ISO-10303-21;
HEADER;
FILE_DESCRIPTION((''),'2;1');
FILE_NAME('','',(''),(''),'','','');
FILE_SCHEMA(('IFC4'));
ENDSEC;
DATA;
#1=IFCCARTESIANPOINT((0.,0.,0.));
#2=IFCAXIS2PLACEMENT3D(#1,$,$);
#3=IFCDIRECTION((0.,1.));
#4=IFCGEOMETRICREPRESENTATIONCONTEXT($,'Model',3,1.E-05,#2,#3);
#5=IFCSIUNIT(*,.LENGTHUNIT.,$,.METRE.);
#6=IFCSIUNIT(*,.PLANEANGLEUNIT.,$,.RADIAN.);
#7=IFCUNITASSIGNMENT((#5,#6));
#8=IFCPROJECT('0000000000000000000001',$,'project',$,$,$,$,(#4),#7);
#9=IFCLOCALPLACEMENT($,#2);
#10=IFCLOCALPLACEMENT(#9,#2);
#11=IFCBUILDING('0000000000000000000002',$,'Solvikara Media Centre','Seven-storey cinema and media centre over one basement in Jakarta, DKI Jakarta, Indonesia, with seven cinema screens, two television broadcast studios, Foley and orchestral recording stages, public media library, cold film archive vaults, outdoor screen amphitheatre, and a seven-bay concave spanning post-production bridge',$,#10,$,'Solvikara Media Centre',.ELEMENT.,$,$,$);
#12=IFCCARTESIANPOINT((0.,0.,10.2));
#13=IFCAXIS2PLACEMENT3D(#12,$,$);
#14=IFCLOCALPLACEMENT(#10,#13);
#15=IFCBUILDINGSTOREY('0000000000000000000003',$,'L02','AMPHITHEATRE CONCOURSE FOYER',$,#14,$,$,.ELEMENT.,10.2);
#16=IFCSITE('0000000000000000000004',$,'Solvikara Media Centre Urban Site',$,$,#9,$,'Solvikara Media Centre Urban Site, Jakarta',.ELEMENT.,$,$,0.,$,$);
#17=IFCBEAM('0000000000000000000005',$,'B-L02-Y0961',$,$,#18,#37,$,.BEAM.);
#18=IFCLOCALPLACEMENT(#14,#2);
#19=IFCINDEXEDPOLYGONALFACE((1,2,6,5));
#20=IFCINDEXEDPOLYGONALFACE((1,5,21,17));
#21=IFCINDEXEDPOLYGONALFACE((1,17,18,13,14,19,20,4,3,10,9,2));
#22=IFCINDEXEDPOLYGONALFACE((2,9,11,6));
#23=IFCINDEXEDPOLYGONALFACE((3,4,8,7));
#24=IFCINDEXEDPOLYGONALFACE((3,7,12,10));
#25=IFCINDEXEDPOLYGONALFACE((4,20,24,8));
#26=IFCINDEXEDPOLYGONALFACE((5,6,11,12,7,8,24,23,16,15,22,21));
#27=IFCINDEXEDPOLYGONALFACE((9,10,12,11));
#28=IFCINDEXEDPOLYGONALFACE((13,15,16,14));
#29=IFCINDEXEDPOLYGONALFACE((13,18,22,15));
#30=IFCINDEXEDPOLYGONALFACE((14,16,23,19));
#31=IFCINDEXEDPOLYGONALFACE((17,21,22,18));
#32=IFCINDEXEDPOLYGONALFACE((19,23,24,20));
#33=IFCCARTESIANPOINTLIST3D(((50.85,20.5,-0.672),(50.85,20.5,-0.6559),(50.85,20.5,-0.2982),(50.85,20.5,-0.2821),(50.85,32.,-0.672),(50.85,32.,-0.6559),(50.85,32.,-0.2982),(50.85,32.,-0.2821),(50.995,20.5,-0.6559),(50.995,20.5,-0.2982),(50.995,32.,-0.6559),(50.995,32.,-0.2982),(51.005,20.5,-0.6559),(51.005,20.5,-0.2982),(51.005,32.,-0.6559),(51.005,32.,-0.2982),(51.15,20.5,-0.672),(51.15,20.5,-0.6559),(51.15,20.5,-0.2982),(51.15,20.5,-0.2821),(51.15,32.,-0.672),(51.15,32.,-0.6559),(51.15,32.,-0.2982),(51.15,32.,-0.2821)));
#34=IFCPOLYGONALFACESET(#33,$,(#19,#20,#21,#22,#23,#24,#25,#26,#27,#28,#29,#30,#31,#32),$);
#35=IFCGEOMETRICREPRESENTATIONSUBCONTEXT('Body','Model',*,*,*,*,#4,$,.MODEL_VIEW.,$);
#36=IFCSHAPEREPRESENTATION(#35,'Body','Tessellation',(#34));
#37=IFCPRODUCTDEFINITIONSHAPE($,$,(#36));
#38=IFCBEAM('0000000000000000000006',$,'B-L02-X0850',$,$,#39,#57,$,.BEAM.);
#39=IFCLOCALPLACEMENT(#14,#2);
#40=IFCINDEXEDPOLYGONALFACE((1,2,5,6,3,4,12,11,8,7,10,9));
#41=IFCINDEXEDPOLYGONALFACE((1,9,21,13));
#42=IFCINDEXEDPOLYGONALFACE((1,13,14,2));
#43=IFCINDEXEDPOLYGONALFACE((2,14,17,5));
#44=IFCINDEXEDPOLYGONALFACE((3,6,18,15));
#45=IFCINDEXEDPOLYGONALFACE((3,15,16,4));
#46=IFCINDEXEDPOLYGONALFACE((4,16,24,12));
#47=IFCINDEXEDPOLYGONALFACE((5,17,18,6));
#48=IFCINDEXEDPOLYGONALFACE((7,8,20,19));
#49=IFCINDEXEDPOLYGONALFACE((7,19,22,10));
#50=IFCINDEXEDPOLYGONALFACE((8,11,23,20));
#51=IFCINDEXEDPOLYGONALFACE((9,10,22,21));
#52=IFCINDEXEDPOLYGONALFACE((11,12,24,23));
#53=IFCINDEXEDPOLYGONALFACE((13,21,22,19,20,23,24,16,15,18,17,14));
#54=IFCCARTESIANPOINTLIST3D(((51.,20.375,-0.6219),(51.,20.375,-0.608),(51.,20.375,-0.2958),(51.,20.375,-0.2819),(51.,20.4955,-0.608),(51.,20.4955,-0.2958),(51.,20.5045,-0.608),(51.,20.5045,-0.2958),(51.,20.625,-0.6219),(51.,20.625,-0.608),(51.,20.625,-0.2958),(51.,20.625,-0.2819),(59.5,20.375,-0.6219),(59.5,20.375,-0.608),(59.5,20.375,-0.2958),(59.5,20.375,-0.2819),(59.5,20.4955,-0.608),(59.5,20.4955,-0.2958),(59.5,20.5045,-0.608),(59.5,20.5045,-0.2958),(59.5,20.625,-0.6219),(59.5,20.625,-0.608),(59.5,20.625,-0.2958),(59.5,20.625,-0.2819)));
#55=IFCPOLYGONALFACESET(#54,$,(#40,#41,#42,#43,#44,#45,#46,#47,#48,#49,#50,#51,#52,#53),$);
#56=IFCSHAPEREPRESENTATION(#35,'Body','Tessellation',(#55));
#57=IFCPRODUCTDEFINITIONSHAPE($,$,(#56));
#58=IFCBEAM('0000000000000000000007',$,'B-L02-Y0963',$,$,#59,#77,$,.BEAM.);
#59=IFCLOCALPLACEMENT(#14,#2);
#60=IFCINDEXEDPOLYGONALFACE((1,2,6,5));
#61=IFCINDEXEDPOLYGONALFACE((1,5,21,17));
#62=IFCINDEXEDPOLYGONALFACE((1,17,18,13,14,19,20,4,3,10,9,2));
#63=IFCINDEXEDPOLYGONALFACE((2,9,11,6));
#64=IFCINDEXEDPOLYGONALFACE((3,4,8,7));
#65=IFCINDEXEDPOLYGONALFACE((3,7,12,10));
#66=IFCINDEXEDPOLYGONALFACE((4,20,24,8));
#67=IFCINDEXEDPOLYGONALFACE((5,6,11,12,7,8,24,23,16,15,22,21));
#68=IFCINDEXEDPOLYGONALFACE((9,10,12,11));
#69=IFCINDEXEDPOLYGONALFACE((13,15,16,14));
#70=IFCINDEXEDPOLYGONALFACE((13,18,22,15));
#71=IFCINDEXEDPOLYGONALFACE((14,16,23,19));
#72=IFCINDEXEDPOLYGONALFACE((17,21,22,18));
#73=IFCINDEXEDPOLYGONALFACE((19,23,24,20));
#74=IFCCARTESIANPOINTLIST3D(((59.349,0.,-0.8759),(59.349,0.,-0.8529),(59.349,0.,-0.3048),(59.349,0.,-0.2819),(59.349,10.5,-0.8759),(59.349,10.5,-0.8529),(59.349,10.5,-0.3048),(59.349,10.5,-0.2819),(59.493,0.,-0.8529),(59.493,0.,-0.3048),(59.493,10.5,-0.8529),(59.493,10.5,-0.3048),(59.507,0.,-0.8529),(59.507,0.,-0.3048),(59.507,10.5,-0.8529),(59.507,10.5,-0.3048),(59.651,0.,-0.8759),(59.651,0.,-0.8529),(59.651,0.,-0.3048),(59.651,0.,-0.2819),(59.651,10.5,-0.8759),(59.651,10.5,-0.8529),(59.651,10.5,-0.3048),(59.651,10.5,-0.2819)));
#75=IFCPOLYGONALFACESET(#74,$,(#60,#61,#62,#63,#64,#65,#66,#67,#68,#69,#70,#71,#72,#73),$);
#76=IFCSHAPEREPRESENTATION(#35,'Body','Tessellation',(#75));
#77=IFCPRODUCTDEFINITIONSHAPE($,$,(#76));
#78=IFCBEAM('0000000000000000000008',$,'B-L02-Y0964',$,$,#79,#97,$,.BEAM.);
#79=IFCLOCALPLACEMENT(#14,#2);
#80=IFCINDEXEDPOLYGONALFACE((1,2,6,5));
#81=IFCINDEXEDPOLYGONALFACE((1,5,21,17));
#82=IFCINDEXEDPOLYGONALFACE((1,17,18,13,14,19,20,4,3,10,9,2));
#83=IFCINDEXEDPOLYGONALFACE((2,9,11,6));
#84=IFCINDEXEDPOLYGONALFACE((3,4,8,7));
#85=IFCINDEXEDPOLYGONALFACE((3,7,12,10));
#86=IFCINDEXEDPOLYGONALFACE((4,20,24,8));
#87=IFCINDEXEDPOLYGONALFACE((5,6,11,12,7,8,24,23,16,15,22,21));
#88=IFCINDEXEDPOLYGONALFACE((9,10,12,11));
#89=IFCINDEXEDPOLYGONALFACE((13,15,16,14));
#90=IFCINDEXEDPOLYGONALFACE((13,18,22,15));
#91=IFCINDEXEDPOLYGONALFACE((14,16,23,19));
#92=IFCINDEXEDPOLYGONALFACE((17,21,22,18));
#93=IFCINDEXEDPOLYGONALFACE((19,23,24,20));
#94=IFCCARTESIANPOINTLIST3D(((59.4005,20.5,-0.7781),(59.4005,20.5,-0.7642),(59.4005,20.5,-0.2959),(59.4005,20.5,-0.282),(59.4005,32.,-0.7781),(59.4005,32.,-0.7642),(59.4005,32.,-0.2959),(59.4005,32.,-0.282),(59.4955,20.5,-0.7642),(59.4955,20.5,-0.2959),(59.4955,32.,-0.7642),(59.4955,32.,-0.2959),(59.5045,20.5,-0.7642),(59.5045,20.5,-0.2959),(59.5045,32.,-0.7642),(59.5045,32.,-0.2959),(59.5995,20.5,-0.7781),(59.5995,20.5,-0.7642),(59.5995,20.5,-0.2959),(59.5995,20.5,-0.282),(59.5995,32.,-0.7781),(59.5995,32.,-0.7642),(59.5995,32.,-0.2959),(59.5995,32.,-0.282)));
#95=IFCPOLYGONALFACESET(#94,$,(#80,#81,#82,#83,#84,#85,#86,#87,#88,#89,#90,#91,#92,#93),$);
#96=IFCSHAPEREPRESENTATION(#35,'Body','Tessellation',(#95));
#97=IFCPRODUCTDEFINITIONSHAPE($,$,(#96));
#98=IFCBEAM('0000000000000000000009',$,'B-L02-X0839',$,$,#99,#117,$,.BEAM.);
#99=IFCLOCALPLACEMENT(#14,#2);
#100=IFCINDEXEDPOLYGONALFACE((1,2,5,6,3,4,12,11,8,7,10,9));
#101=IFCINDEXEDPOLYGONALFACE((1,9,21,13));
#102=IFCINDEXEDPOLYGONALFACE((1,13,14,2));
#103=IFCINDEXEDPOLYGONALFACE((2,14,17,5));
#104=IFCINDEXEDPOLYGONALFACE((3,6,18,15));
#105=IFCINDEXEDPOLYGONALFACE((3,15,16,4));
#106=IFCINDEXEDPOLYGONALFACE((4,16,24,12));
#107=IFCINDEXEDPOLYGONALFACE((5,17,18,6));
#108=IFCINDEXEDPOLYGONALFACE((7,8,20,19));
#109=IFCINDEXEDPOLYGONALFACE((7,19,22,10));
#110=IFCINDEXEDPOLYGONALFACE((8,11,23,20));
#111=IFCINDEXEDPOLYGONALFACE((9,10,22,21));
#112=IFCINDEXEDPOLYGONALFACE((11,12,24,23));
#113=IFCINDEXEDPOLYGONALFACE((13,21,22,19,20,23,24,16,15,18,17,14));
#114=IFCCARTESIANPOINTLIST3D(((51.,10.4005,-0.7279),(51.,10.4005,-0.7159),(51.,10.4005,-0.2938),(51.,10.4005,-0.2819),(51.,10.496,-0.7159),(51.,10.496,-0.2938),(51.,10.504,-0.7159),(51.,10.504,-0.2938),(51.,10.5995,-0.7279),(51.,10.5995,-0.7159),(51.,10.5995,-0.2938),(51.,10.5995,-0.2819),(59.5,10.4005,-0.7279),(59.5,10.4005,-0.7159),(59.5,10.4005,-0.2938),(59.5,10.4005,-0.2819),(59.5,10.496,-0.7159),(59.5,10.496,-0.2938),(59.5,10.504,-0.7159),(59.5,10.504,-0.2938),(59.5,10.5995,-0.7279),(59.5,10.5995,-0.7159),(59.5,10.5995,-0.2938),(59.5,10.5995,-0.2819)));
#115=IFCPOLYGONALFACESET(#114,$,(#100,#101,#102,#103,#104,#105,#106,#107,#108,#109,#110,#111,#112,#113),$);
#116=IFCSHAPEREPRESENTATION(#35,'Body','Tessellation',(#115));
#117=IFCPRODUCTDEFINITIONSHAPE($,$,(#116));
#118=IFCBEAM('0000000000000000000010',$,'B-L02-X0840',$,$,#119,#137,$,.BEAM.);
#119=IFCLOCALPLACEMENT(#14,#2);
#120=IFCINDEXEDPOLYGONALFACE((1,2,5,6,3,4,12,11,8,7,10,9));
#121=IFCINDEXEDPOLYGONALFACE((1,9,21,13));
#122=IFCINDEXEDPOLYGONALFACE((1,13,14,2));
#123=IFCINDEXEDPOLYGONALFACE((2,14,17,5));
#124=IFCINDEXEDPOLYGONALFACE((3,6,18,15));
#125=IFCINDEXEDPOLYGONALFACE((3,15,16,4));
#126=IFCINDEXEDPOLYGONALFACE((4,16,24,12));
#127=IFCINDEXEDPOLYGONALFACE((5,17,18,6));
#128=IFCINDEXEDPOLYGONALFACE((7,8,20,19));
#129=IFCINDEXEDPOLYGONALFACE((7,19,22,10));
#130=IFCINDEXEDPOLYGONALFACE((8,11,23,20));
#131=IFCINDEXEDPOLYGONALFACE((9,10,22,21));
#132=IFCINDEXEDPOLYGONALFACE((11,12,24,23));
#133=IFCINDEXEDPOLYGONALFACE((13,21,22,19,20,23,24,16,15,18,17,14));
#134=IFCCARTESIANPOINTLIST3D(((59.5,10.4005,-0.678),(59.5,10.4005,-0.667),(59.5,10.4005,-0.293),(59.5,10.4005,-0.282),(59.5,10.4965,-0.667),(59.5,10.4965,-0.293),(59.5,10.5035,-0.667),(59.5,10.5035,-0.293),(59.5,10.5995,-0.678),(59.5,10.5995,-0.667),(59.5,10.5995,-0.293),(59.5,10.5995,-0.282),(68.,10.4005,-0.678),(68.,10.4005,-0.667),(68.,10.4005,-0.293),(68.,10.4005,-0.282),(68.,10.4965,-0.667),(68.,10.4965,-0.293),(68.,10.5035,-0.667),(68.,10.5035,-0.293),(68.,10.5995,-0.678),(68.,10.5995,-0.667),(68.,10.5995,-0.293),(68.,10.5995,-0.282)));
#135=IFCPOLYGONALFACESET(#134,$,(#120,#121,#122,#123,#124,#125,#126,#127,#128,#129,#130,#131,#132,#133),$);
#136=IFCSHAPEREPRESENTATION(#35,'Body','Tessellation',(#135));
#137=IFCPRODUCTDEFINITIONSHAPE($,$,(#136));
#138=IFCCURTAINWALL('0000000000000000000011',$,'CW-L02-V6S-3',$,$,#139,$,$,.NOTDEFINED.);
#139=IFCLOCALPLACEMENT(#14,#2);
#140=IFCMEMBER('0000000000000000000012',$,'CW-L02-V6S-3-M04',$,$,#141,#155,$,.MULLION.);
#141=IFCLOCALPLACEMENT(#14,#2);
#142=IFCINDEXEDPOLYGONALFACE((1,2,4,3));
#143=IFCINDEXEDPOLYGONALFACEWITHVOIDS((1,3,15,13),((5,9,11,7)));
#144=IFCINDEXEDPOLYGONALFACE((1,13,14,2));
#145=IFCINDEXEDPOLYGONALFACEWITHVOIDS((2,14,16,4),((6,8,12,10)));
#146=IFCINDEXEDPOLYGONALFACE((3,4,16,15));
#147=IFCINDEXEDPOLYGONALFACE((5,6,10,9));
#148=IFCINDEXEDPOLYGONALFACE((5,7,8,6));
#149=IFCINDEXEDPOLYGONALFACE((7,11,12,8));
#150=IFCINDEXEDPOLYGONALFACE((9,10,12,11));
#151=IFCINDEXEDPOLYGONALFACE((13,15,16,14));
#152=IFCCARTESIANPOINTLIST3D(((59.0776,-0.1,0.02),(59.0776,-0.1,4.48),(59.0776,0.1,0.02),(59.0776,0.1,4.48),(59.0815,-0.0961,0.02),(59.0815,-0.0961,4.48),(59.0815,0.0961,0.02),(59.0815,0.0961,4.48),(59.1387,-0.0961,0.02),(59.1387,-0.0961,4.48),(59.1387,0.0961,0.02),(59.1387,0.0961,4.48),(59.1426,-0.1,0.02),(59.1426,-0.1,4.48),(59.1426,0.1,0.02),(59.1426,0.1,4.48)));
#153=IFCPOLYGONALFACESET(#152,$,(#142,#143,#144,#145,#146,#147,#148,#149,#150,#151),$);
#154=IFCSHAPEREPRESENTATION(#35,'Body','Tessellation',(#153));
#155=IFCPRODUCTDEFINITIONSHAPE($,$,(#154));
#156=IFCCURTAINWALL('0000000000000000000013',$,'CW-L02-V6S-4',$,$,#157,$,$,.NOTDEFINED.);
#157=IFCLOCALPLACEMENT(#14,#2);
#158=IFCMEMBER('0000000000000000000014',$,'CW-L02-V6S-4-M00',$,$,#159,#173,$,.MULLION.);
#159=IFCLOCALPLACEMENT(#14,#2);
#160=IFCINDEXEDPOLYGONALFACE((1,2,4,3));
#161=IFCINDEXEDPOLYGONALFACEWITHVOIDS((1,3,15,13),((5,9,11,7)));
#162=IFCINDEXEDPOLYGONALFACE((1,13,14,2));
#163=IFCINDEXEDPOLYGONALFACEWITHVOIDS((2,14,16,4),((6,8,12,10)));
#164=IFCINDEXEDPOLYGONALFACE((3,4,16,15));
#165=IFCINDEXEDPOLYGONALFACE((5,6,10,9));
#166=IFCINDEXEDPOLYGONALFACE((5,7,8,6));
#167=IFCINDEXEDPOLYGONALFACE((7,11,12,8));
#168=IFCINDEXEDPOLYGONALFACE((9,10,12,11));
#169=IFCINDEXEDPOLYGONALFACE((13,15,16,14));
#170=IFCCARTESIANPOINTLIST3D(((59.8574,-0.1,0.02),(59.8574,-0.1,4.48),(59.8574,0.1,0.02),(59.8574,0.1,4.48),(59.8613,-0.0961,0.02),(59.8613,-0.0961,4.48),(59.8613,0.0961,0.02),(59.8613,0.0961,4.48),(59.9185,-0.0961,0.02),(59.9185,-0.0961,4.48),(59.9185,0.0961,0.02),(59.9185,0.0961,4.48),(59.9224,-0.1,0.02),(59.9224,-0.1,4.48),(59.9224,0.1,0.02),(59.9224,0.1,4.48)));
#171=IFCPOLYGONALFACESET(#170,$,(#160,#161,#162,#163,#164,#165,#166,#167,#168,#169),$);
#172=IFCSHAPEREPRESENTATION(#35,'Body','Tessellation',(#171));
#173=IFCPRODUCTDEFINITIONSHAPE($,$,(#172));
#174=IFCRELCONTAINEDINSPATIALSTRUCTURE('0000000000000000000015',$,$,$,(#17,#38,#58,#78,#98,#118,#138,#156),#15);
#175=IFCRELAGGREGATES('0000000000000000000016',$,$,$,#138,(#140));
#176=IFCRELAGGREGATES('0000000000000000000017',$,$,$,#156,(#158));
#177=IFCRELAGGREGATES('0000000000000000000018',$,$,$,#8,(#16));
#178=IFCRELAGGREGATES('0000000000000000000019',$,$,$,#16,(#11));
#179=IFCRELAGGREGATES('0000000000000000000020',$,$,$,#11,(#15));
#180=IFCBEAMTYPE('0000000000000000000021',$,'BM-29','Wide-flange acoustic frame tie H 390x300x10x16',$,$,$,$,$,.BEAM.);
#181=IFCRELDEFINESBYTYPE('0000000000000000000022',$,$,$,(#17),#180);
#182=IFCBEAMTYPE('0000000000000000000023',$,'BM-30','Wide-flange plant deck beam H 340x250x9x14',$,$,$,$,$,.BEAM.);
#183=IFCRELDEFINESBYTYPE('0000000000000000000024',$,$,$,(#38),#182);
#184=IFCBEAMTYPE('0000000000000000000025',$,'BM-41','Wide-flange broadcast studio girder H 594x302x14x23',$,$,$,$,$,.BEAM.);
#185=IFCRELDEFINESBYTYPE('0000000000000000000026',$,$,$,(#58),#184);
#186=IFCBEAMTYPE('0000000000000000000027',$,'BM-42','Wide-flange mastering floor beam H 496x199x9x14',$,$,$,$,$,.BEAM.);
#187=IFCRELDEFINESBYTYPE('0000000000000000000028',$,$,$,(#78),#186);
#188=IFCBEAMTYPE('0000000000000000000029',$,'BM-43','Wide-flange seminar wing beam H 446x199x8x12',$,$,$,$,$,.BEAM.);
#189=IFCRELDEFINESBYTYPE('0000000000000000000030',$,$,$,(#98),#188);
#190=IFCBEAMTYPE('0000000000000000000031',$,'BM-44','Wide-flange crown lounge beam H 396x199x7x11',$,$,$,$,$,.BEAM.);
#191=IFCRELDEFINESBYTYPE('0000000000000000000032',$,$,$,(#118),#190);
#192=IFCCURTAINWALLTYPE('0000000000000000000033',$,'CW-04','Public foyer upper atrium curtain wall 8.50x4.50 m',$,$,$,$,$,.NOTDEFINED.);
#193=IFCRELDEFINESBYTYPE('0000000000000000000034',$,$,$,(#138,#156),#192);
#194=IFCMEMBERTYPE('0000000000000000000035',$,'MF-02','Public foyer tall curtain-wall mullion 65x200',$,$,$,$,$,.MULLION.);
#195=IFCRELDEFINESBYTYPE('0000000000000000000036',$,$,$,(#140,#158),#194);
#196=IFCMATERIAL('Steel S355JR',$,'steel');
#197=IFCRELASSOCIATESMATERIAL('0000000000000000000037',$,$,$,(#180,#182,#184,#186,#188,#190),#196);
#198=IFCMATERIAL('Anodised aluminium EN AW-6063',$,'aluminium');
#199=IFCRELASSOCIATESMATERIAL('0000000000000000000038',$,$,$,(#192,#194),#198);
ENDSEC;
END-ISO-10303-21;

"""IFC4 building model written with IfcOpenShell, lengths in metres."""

from ifc_helpers import new_model, si_unit, direction, frame, origin, origin_2d, place, context, subcontext, project, spatial, hollow_rectangle, i_section, extrude, material, material_profile, profile_set, type_object, element, aggregate, save


model = new_model("IFC4")

# Units and contexts
model_context = context("Model", 3, precision=1e-05, world=origin(), true_north=direction((0.0, 1.0)))
body_context = subcontext(model_context, "Body", "Model", "MODEL_VIEW")
ifc_project = project(units=[si_unit("LENGTHUNIT", "METRE"), si_unit("PLANEANGLEUNIT", "RADIAN")], contexts=[model_context])

# Site, building, storey
site_placement = place(None, origin())
site = spatial("IfcSite", under=ifc_project, at=site_placement, Name="Solvikara Media Centre Urban Site", LongName="Solvikara Media Centre Urban Site, Jakarta", CompositionType="ELEMENT", RefElevation=0.0)
building_placement = place(site_placement, origin())
building = spatial("IfcBuilding", under=site, at=building_placement, Name="Solvikara Media Centre", Description="Seven-storey cinema and media centre over one basement in Jakarta, DKI Jakarta, Indonesia, with seven cinema screens, two television broadcast studios, Foley and orchestral recording stages, public media library, cold film archive vaults, outdoor screen amphitheatre, and a seven-bay concave spanning post-production bridge", LongName="Solvikara Media Centre", CompositionType="ELEMENT")
storey_placement = place(building_placement, frame((0.0, 0.0, 10.2)))
storey = spatial("IfcBuildingStorey", under=building, at=storey_placement, Name="L02", Description="AMPHITHEATRE CONCOURSE FOYER", CompositionType="ELEMENT", Elevation=10.2)

# Beams
ifc_material_1 = material(Name="Steel S355JR", Category="steel")
ifc_material_profile_1 = material_profile(ifc_material_1, i_section(OverallWidth=0.3, OverallDepth=0.3899, WebThickness=0.01, FlangeThickness=0.0161, at=origin_2d()), Name="H 390x300x10x16")
ifc_profile_set_1 = profile_set([ifc_material_profile_1], Name="Steel S355JR")
beam_type_1 = type_object("IfcBeamType", Name="BM-29", Description="Wide-flange acoustic frame tie H 390x300x10x16", PredefinedType="BEAM", material=ifc_profile_set_1)
beam_1_placement = place(storey_placement, frame((51.0, 20.5, -0.4771), z_axis=(0.0, 1.0, 0.0), x_axis=(-1.0, 0.0, 0.0)))
element("IfcBeam", 1, at=beam_1_placement, inside=storey, type_object=beam_type_1, Name="B-L02-Y0961", PredefinedType="BEAM", context=body_context, shape_type="SweptSolid", body=[
    extrude(i_section(OverallWidth=0.3, OverallDepth=0.3899, WebThickness=0.01, FlangeThickness=0.0161, at=origin_2d()), origin(), (0.0, 0.0, 1.0), 11.5),
])
ifc_material_profile_2 = material_profile(ifc_material_1, i_section(OverallWidth=0.25, OverallDepth=0.3401, WebThickness=0.009, FlangeThickness=0.0139, at=origin_2d()), Name="H 340x250x9x14")
ifc_profile_set_2 = profile_set([ifc_material_profile_2], Name="Steel S355JR")
beam_type_2 = type_object("IfcBeamType", Name="BM-30", Description="Wide-flange plant deck beam H 340x250x9x14", PredefinedType="BEAM", material=ifc_profile_set_2)
beam_2_placement = place(storey_placement, frame((51.0, 20.5, -0.4519), z_axis=(1.0, 0.0, 0.0), x_axis=(0.0, 1.0, 0.0)))
element("IfcBeam", 2, at=beam_2_placement, inside=storey, type_object=beam_type_2, Name="B-L02-X0850", PredefinedType="BEAM", context=body_context, shape_type="SweptSolid", body=[
    extrude(i_section(OverallWidth=0.25, OverallDepth=0.3401, WebThickness=0.009, FlangeThickness=0.0139, at=origin_2d()), origin(), (0.0, 0.0, 1.0), 8.5),
])
ifc_material_profile_3 = material_profile(ifc_material_1, i_section(OverallWidth=0.302, OverallDepth=0.594, WebThickness=0.0139, FlangeThickness=0.0229, at=origin_2d()), Name="H 594x302x14x23")
ifc_profile_set_3 = profile_set([ifc_material_profile_3], Name="Steel S355JR")
beam_type_3 = type_object("IfcBeamType", Name="BM-41", Description="Wide-flange broadcast studio girder H 594x302x14x23", PredefinedType="BEAM", material=ifc_profile_set_3)
beam_3_placement = place(storey_placement, frame((59.5, 0.0, -0.5789), z_axis=(0.0, 1.0, 0.0), x_axis=(-1.0, 0.0, 0.0)))
element("IfcBeam", 3, at=beam_3_placement, inside=storey, type_object=beam_type_3, Name="B-L02-Y0963", PredefinedType="BEAM", context=body_context, shape_type="SweptSolid", body=[
    extrude(i_section(OverallWidth=0.302, OverallDepth=0.594, WebThickness=0.0139, FlangeThickness=0.0229, at=origin_2d()), origin(), (0.0, 0.0, 1.0), 10.5),
])
ifc_material_profile_4 = material_profile(ifc_material_1, i_section(OverallWidth=0.199, OverallDepth=0.4961, WebThickness=0.009, FlangeThickness=0.0139, at=origin_2d()), Name="H 496x199x9x14")
ifc_profile_set_4 = profile_set([ifc_material_profile_4], Name="Steel S355JR")
beam_type_4 = type_object("IfcBeamType", Name="BM-42", Description="Wide-flange mastering floor beam H 496x199x9x14", PredefinedType="BEAM", material=ifc_profile_set_4)
beam_4_placement = place(storey_placement, frame((59.5, 20.5, -0.53), z_axis=(0.0, 1.0, 0.0), x_axis=(-1.0, 0.0, 0.0)))
element("IfcBeam", 4, at=beam_4_placement, inside=storey, type_object=beam_type_4, Name="B-L02-Y0964", PredefinedType="BEAM", context=body_context, shape_type="SweptSolid", body=[
    extrude(i_section(OverallWidth=0.199, OverallDepth=0.4961, WebThickness=0.009, FlangeThickness=0.0139, at=origin_2d()), origin(), (0.0, 0.0, 1.0), 11.5),
])
ifc_material_profile_5 = material_profile(ifc_material_1, i_section(OverallWidth=0.199, OverallDepth=0.446, WebThickness=0.0081, FlangeThickness=0.012, at=origin_2d()), Name="H 446x199x8x12")
ifc_profile_set_5 = profile_set([ifc_material_profile_5], Name="Steel S355JR")
beam_type_5 = type_object("IfcBeamType", Name="BM-43", Description="Wide-flange seminar wing beam H 446x199x8x12", PredefinedType="BEAM", material=ifc_profile_set_5)
beam_5_placement = place(storey_placement, frame((51.0, 10.5, -0.5049), z_axis=(1.0, 0.0, 0.0), x_axis=(0.0, 1.0, 0.0)))
element("IfcBeam", 5, at=beam_5_placement, inside=storey, type_object=beam_type_5, Name="B-L02-X0839", PredefinedType="BEAM", context=body_context, shape_type="SweptSolid", body=[
    extrude(i_section(OverallWidth=0.199, OverallDepth=0.446, WebThickness=0.0081, FlangeThickness=0.012, at=origin_2d()), origin(), (0.0, 0.0, 1.0), 8.5),
])
ifc_material_profile_6 = material_profile(ifc_material_1, i_section(OverallWidth=0.199, OverallDepth=0.396, WebThickness=0.0071, FlangeThickness=0.011, at=origin_2d()), Name="H 396x199x7x11")
ifc_profile_set_6 = profile_set([ifc_material_profile_6], Name="Steel S355JR")
beam_type_6 = type_object("IfcBeamType", Name="BM-44", Description="Wide-flange crown lounge beam H 396x199x7x11", PredefinedType="BEAM", material=ifc_profile_set_6)
beam_6_placement = place(storey_placement, frame((59.5, 10.5, -0.48), z_axis=(1.0, 0.0, 0.0), x_axis=(0.0, 1.0, 0.0)))
element("IfcBeam", 6, at=beam_6_placement, inside=storey, type_object=beam_type_6, Name="B-L02-X0840", PredefinedType="BEAM", context=body_context, shape_type="SweptSolid", body=[
    extrude(i_section(OverallWidth=0.199, OverallDepth=0.396, WebThickness=0.0071, FlangeThickness=0.011, at=origin_2d()), origin(), (0.0, 0.0, 1.0), 8.5),
])

# Curtain wall, member
ifc_material_2 = material(Name="Anodised aluminium EN AW-6063", Category="aluminium")
curtain_wall_type = type_object("IfcCurtainWallType", Name="CW-04", Description="Public foyer upper atrium curtain wall 8.50x4.50 m", PredefinedType="NOTDEFINED", material=ifc_material_2)
curtain_wall_1_placement = place(storey_placement, origin())
curtain_wall_1 = element("IfcCurtainWall", 7, at=curtain_wall_1_placement, inside=storey, type_object=curtain_wall_type, Name="CW-L02-V6S-3", PredefinedType="NOTDEFINED")
ifc_material_profile_7 = material_profile(ifc_material_2, hollow_rectangle(XDim=0.0649, YDim=0.2, WallThickness=0.0039, at=origin_2d()), Name="ALU-M 65x200x4")
ifc_profile_set_7 = profile_set([ifc_material_profile_7], Name="Anodised aluminium EN AW-6063")
member_type_1 = type_object("IfcMemberType", Name="MF-02", Description="Public foyer tall curtain-wall mullion 65x200", PredefinedType="MULLION", material=ifc_profile_set_7)
member_1_placement = place(storey_placement, frame((59.1101, 0.0, 0.02), z_axis=(0.0, 0.0, 1.0), x_axis=(1.0, 0.0, 0.0)))
member_1 = element("IfcMember", 8, at=member_1_placement, type_object=member_type_1, Name="CW-L02-V6S-3-M04", PredefinedType="MULLION", context=body_context, shape_type="SweptSolid", body=[
    extrude(hollow_rectangle(XDim=0.0649, YDim=0.2, WallThickness=0.0039, at=origin_2d()), origin(), (0.0, 0.0, 1.0), 4.46),
])

# Curtain wall, member
curtain_wall_2_placement = place(storey_placement, origin())
curtain_wall_2 = element("IfcCurtainWall", 9, at=curtain_wall_2_placement, inside=storey, type_object=curtain_wall_type, Name="CW-L02-V6S-4", PredefinedType="NOTDEFINED")
member_2_placement = place(storey_placement, frame((59.8899, 0.0, 0.02), z_axis=(0.0, 0.0, 1.0), x_axis=(1.0, 0.0, 0.0)))
member_2 = element("IfcMember", 10, at=member_2_placement, type_object=member_type_1, Name="CW-L02-V6S-4-M00", PredefinedType="MULLION", context=body_context, shape_type="SweptSolid", body=[
    extrude(hollow_rectangle(XDim=0.0649, YDim=0.2, WallThickness=0.0039, at=origin_2d()), origin(), (0.0, 0.0, 1.0), 4.46),
])

aggregate(curtain_wall_1, [member_1])
aggregate(curtain_wall_2, [member_2])

save(model, "model.ifc")
